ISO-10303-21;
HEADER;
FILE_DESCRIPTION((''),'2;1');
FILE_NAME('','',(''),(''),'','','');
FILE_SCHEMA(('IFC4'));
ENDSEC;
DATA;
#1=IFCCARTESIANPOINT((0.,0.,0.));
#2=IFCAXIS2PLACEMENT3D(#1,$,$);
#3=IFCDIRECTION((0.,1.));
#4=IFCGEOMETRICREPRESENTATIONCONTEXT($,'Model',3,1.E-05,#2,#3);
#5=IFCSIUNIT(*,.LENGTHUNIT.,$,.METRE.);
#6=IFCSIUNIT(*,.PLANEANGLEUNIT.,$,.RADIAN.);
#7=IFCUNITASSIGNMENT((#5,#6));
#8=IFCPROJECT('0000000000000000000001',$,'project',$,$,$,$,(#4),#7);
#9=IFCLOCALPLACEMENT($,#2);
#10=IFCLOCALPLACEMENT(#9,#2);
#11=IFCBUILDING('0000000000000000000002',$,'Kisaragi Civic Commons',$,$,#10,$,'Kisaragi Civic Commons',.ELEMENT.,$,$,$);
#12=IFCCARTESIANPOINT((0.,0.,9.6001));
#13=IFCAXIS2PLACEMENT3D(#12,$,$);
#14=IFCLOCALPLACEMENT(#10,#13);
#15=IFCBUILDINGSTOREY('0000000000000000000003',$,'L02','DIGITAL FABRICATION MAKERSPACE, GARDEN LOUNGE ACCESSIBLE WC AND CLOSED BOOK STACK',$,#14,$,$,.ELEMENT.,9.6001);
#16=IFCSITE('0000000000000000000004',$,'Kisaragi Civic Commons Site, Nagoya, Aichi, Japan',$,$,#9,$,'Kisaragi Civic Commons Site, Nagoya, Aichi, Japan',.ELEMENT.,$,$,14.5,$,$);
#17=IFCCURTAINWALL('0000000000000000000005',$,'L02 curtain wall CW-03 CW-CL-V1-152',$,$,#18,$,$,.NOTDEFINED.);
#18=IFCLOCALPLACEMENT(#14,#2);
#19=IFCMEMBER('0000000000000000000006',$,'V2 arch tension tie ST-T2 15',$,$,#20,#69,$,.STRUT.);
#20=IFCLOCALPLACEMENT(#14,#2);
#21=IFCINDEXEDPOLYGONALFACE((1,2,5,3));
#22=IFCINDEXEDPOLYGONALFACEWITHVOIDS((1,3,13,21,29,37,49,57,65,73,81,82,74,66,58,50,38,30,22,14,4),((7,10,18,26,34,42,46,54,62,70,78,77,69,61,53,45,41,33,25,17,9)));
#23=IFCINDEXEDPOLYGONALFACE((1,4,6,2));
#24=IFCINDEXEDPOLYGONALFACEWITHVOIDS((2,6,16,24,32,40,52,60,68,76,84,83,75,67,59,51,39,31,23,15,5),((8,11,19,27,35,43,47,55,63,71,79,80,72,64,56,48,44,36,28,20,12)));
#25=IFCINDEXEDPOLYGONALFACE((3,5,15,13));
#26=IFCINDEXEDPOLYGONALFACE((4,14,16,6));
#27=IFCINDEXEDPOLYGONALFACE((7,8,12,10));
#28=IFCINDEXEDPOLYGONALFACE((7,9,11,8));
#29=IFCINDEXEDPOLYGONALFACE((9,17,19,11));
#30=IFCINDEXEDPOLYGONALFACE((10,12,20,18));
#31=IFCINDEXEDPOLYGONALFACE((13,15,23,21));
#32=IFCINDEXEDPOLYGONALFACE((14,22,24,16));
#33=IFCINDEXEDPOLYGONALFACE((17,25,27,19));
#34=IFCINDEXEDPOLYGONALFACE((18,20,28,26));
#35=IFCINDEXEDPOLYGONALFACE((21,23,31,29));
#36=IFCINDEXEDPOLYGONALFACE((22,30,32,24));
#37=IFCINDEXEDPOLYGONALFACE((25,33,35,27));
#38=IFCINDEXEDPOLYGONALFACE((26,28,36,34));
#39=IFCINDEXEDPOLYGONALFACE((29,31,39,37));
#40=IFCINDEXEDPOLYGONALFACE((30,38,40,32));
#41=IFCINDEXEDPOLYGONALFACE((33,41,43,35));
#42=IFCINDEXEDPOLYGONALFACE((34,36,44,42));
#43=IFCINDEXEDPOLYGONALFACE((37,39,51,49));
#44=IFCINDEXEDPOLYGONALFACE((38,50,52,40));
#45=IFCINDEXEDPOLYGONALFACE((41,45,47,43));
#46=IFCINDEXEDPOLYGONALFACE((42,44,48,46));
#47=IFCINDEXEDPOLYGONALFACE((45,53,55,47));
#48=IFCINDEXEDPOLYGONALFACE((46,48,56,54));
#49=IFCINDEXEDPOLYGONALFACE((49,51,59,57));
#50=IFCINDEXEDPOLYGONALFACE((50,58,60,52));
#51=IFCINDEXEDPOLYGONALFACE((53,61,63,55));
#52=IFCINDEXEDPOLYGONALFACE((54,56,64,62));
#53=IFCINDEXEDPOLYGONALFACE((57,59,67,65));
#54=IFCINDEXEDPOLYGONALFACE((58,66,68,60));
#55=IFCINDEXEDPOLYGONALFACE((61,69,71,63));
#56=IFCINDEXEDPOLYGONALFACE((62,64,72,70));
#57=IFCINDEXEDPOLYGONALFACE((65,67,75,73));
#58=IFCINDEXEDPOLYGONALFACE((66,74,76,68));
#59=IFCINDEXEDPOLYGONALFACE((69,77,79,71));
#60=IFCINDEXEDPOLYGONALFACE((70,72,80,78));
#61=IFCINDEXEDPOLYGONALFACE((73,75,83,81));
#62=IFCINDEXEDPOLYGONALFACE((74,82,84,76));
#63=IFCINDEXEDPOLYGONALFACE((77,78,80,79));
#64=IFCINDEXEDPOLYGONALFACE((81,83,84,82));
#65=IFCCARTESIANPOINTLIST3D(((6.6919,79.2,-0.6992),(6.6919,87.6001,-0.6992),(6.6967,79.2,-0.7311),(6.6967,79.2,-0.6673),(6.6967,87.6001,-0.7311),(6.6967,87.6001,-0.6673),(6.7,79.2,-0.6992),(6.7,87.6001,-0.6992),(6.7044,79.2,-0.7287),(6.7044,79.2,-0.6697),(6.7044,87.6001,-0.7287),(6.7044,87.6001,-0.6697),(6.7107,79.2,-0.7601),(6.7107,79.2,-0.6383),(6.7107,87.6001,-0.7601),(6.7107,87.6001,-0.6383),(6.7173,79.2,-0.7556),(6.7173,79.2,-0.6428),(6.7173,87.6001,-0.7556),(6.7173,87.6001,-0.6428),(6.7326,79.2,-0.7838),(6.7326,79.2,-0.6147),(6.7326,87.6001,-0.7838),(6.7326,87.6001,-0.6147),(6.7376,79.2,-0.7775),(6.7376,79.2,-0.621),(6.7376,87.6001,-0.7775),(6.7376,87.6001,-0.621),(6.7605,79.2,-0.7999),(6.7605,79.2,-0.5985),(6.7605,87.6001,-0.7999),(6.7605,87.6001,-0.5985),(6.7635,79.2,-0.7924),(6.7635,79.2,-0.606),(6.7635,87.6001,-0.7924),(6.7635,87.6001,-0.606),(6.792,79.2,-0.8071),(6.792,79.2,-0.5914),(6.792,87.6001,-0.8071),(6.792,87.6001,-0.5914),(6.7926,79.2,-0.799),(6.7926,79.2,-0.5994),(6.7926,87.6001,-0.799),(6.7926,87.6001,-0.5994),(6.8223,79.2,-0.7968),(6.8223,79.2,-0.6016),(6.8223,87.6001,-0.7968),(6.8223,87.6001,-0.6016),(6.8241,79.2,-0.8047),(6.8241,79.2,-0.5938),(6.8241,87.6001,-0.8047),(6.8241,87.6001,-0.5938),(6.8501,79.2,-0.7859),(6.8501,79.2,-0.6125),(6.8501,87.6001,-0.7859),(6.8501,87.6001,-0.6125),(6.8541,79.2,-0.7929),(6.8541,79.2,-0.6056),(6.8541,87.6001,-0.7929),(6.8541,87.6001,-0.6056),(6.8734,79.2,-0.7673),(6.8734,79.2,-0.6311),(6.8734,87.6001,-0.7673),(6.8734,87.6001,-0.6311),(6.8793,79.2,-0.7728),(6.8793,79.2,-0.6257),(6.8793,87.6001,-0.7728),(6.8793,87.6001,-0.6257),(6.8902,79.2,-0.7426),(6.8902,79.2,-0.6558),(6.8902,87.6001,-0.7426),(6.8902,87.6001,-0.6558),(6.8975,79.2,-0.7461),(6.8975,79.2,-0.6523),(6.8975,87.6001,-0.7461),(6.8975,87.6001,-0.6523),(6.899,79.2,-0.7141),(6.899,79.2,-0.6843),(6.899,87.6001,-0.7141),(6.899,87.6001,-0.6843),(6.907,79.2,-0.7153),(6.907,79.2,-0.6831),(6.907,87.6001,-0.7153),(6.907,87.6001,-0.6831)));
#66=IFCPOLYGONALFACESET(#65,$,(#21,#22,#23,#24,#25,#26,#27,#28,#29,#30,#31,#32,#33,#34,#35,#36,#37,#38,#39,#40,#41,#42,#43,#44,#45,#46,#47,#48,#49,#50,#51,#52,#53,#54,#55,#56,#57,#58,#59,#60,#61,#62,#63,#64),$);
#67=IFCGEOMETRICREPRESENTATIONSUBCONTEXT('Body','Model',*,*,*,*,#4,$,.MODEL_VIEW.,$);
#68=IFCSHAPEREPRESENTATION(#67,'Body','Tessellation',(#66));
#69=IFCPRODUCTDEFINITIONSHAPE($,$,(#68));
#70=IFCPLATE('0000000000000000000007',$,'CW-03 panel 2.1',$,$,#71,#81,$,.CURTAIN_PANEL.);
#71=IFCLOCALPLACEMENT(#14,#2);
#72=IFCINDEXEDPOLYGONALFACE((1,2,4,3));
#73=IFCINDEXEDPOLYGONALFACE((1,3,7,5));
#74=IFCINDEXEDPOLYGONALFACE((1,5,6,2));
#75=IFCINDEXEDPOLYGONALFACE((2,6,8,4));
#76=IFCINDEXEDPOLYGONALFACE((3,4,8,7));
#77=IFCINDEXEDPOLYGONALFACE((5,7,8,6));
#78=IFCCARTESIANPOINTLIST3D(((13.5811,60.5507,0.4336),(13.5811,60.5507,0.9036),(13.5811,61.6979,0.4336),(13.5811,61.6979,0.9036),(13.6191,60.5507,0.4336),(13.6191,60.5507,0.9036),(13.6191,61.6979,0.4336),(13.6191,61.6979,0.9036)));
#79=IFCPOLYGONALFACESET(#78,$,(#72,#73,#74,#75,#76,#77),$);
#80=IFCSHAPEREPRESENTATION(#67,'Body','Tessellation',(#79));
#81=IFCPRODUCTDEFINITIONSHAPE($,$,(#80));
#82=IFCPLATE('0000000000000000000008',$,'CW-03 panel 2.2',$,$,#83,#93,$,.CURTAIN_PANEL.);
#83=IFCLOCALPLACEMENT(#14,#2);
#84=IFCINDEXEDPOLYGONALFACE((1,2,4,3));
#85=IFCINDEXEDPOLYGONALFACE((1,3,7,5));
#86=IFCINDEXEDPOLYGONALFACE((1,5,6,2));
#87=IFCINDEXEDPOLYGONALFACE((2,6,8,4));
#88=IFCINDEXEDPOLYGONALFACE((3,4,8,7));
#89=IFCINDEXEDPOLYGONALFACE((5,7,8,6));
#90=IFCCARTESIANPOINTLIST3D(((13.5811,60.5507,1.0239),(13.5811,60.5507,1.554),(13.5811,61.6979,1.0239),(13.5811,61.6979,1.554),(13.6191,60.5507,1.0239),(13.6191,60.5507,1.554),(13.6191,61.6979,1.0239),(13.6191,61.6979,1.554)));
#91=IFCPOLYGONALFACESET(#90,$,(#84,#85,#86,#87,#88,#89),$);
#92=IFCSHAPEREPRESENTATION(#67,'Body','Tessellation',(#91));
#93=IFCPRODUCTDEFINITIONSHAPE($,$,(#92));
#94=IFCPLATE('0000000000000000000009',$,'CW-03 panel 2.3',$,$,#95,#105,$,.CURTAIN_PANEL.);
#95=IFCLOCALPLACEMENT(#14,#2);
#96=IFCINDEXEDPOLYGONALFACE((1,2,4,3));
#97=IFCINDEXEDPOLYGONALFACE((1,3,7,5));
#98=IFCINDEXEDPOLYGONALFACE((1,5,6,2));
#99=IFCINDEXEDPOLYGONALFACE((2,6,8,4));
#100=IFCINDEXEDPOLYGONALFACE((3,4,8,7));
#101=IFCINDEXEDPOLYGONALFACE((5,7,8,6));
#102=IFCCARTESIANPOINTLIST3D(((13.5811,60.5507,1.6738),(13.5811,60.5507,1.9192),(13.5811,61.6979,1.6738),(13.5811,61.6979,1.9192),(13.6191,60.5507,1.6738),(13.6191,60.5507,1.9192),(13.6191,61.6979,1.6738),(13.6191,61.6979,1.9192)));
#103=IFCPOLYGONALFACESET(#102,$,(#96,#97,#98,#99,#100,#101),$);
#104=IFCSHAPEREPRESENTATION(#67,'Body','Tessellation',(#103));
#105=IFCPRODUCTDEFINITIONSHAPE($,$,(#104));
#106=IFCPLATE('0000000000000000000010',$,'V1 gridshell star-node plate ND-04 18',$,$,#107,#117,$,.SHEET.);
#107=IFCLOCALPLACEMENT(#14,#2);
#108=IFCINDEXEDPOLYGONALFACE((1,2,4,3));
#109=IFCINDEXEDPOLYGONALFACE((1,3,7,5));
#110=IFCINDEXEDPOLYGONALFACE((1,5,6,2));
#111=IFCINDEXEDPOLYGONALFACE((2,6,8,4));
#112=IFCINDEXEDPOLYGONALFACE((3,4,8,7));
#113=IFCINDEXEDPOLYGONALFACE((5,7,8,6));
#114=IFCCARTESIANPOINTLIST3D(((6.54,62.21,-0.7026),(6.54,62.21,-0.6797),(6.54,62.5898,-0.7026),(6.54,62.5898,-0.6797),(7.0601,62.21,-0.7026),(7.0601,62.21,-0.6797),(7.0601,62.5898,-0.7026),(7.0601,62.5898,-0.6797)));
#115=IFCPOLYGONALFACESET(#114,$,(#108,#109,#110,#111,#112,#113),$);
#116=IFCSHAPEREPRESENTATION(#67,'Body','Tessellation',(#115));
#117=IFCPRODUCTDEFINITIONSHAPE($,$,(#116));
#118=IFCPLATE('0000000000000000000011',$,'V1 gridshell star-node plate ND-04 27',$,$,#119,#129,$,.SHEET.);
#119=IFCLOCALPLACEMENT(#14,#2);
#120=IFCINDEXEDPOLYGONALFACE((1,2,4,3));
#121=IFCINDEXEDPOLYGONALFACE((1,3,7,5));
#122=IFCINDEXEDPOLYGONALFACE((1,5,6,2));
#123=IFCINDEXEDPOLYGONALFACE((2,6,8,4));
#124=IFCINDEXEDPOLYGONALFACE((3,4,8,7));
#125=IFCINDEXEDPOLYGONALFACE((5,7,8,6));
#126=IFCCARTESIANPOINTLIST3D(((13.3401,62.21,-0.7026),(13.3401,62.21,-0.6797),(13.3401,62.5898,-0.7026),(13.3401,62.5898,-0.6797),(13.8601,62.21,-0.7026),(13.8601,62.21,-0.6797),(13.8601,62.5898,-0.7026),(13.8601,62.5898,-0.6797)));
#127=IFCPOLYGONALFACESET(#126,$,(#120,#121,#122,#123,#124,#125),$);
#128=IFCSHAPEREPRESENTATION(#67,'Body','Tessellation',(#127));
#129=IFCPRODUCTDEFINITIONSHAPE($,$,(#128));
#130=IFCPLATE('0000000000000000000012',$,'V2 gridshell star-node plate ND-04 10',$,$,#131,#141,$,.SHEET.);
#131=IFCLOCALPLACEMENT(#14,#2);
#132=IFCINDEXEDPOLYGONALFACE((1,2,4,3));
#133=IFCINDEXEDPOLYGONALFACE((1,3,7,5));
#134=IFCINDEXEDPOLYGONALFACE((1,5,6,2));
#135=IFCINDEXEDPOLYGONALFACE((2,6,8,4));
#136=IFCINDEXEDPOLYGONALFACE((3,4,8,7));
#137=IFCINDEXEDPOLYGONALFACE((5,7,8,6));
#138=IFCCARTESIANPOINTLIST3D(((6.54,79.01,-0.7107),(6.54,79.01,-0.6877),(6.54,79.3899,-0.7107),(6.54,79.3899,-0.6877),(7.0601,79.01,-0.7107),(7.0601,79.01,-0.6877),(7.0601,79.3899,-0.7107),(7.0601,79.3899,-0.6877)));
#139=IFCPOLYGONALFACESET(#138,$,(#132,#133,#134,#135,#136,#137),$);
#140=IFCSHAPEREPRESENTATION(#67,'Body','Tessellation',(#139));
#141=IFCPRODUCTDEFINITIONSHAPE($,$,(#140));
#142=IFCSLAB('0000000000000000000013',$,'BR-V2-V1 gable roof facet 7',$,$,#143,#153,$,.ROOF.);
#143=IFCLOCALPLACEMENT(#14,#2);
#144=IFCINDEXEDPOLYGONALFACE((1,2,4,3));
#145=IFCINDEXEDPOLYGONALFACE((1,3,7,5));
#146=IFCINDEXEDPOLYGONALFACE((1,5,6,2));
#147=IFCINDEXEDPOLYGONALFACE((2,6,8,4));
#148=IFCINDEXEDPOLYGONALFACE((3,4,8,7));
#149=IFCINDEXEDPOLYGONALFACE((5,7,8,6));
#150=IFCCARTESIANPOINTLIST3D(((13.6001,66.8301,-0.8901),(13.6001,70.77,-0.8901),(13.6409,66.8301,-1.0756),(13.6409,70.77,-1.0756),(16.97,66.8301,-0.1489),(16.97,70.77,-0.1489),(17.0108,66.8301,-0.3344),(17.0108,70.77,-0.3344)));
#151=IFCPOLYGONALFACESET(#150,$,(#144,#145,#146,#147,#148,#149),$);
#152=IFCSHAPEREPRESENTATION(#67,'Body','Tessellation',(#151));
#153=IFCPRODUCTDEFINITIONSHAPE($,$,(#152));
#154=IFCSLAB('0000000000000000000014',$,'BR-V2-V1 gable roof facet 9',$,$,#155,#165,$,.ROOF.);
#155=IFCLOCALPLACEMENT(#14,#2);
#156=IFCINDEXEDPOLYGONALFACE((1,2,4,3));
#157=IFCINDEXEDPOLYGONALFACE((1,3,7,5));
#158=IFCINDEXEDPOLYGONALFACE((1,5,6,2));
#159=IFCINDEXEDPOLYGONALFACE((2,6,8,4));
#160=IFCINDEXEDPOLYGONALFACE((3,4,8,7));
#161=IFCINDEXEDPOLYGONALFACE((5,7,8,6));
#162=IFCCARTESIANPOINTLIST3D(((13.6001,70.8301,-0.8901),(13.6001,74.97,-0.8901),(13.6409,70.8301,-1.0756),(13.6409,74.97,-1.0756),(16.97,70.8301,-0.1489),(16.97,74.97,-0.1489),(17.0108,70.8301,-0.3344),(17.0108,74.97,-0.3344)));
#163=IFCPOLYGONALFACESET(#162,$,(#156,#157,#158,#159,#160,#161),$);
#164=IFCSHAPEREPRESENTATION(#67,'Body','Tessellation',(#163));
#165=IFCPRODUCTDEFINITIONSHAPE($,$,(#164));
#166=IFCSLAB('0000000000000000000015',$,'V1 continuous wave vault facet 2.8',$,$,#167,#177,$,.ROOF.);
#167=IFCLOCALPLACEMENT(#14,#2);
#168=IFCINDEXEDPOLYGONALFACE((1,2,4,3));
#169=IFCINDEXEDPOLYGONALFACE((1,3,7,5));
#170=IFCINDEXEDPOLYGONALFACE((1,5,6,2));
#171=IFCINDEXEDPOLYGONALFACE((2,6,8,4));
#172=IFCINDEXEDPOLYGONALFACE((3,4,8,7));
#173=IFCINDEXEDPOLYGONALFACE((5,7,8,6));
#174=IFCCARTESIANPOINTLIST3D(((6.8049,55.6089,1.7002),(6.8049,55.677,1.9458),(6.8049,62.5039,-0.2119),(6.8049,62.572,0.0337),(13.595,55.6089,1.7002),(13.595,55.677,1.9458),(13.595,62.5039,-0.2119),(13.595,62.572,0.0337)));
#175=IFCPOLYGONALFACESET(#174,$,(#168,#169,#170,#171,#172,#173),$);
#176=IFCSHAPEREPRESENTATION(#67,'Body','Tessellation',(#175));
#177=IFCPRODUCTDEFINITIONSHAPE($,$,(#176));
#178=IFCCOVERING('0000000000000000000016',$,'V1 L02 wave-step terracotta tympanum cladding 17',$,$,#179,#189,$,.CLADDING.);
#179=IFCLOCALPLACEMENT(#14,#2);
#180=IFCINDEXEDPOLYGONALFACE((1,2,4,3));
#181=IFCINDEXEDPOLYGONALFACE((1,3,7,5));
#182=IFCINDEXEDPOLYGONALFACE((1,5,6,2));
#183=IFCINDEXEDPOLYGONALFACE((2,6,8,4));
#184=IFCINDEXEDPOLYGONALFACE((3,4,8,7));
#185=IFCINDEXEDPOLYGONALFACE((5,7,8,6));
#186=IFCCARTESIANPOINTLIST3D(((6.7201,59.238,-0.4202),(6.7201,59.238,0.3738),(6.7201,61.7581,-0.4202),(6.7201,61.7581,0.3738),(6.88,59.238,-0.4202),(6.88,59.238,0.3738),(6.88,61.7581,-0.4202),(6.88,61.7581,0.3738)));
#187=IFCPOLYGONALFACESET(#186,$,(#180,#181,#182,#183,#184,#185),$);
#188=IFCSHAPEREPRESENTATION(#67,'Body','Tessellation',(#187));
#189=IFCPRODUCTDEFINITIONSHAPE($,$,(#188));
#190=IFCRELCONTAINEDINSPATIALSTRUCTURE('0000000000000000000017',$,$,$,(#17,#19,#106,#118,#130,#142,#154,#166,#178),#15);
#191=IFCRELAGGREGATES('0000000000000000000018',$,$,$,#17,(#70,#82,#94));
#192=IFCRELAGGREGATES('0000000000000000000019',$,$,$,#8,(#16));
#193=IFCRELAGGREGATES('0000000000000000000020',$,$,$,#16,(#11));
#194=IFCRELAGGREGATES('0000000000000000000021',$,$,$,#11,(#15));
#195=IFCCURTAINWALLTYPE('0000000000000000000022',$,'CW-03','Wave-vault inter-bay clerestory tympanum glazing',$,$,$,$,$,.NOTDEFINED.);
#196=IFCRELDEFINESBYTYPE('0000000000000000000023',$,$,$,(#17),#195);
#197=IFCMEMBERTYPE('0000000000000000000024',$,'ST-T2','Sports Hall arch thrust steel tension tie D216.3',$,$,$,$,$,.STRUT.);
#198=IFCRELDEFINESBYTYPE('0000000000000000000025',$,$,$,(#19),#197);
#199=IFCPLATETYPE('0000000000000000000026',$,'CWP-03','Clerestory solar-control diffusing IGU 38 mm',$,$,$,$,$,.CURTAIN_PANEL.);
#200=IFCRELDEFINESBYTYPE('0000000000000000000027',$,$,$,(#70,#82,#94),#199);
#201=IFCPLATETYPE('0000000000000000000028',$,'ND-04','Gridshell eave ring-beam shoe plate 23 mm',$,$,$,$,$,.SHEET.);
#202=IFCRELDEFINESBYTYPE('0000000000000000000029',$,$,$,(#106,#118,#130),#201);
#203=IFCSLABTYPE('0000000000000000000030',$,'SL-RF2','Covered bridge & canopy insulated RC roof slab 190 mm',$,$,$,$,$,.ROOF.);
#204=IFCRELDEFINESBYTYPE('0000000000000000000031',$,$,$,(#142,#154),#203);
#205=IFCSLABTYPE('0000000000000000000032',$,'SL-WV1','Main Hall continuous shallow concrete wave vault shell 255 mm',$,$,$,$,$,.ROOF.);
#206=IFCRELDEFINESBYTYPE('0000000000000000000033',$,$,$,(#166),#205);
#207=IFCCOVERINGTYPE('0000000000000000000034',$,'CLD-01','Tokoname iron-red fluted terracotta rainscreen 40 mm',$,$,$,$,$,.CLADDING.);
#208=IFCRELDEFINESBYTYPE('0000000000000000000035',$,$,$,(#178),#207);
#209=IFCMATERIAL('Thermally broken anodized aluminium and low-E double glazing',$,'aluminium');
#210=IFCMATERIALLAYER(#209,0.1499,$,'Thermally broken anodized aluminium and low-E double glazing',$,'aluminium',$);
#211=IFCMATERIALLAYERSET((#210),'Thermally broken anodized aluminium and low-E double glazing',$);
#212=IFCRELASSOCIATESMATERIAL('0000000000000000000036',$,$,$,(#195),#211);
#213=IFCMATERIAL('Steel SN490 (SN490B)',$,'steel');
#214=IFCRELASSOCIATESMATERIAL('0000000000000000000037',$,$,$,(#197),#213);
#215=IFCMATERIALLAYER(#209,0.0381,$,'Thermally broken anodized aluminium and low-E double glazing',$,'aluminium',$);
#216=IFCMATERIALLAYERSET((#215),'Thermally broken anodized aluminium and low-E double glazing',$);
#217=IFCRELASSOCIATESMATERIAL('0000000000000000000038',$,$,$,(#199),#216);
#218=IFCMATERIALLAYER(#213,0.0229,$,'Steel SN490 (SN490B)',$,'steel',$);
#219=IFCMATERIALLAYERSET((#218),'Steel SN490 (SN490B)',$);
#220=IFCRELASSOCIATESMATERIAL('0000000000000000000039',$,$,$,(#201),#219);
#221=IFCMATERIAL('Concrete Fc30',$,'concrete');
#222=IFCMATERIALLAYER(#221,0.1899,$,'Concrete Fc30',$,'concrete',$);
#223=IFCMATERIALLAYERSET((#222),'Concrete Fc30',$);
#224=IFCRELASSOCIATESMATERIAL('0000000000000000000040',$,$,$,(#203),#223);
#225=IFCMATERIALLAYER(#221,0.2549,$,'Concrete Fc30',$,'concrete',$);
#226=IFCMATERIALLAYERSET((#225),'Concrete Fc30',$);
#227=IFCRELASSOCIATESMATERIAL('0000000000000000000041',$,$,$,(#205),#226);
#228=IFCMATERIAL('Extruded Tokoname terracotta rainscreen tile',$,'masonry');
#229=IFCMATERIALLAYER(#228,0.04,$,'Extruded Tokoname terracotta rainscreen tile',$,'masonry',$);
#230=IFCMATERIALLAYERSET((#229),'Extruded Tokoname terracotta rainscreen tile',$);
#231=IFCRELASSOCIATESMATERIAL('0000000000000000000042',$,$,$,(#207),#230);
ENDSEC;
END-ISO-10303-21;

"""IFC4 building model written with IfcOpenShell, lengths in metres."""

from ifc_helpers import new_model, si_unit, direction, frame, origin, origin_2d, place, context, subcontext, project, spatial, polyline, rectangle, hollow_circle, outline, extrude, material, layer, layer_set, material_profile, profile_set, type_object, element, aggregate, save


model = new_model("IFC4")

# Units and contexts
model_context = context("Model", 3, precision=1e-05, world=origin(), true_north=direction((0.0, 1.0)))
body_context = subcontext(model_context, "Body", "Model", "MODEL_VIEW")
ifc_project = project(units=[si_unit("LENGTHUNIT", "METRE"), si_unit("PLANEANGLEUNIT", "RADIAN")], contexts=[model_context])

# Site, building, storey
site_placement = place(None, origin())
site = spatial("IfcSite", under=ifc_project, at=site_placement, Name="Kisaragi Civic Commons Site, Nagoya, Aichi, Japan", LongName="Kisaragi Civic Commons Site, Nagoya, Aichi, Japan", CompositionType="ELEMENT", RefElevation=14.5)
building_placement = place(site_placement, origin())
building = spatial("IfcBuilding", under=site, at=building_placement, Name="Kisaragi Civic Commons", LongName="Kisaragi Civic Commons", CompositionType="ELEMENT")
storey_placement = place(building_placement, frame((0.0, 0.0, 9.6001)))
storey = spatial("IfcBuildingStorey", under=building, at=storey_placement, Name="L02", Description="DIGITAL FABRICATION MAKERSPACE, GARDEN LOUNGE ACCESSIBLE WC AND CLOSED BOOK STACK", CompositionType="ELEMENT", Elevation=9.6001)

# Curtain wall
ifc_material_1 = material(Name="Thermally broken anodized aluminium and low-E double glazing", Category="aluminium")
ifc_layer_1 = layer(ifc_material_1, 0.1499, Name="Thermally broken anodized aluminium and low-E double glazing", Category="aluminium")
ifc_layer_set_1 = layer_set([ifc_layer_1], Name="Thermally broken anodized aluminium and low-E double glazing")
curtain_wall_type_1 = type_object("IfcCurtainWallType", Name="CW-03", Description="Wave-vault inter-bay clerestory tympanum glazing", PredefinedType="NOTDEFINED", material=ifc_layer_set_1)
curtain_wall_1_placement = place(storey_placement, origin())
curtain_wall_1 = element("IfcCurtainWall", 1, at=curtain_wall_1_placement, inside=storey, type_object=curtain_wall_type_1, Name="L02 curtain wall CW-03 CW-CL-V1-152", PredefinedType="NOTDEFINED")

# Shared definitions
ifc_material_2 = material(Name="Steel SN490 (SN490B)", Category="steel")

# Member
ifc_material_profile_1 = material_profile(ifc_material_2, hollow_circle(Radius=0.1082, WallThickness=0.0081, at=origin_2d()), Name="CHS-216.3x8.0", Category="steel")
ifc_profile_set_1 = profile_set([ifc_material_profile_1], Name="Steel SN490 (SN490B)")
member_type_1 = type_object("IfcMemberType", Name="ST-T2", Description="Sports Hall arch thrust steel tension tie D216.3", PredefinedType="STRUT", material=ifc_profile_set_1)
member_1_placement = place(storey_placement, frame((6.8, 79.2, -0.6992), z_axis=(0.0, 1.0, 0.0), x_axis=(-1.0, 0.0, 0.0)))
element("IfcMember", 2, at=member_1_placement, inside=storey, type_object=member_type_1, Name="V2 arch tension tie ST-T2 15", PredefinedType="STRUT", context=body_context, shape_type="SweptSolid", body=[
    extrude(hollow_circle(Radius=0.1082, WallThickness=0.0081, at=origin_2d()), origin(), (0.0, 0.0, 1.0), 8.4001),
])

# Plates
ifc_layer_2 = layer(ifc_material_1, 0.0381, Name="Thermally broken anodized aluminium and low-E double glazing", Category="aluminium")
ifc_layer_set_2 = layer_set([ifc_layer_2], Name="Thermally broken anodized aluminium and low-E double glazing")
plate_type_1 = type_object("IfcPlateType", Name="CWP-03", Description="Clerestory solar-control diffusing IGU 38 mm", PredefinedType="CURTAIN_PANEL", material=ifc_layer_set_2)
plate_1_placement = place(storey_placement, frame((13.6001, 61.1243, 0.4336), z_axis=(0.0, 0.0, 1.0), x_axis=(0.0, 1.0, 0.0)))
plate_1 = element("IfcPlate", 3, at=plate_1_placement, type_object=plate_type_1, Name="CW-03 panel 2.1", PredefinedType="CURTAIN_PANEL", context=body_context, shape_type="SweptSolid", body=[
    extrude(rectangle(XDim=1.1472, YDim=0.0381, at=origin_2d()), origin(), (0.0, 0.0, 1.0), 0.47),
])
plate_2_placement = place(storey_placement, frame((13.6001, 61.1243, 1.0239), z_axis=(0.0, 0.0, 1.0), x_axis=(0.0, 1.0, 0.0)))
plate_2 = element("IfcPlate", 4, at=plate_2_placement, type_object=plate_type_1, Name="CW-03 panel 2.2", PredefinedType="CURTAIN_PANEL", context=body_context, shape_type="SweptSolid", body=[
    extrude(rectangle(XDim=1.1472, YDim=0.0381, at=origin_2d()), origin(), (0.0, 0.0, 1.0), 0.53),
])
plate_3_placement = place(storey_placement, frame((13.6001, 61.1243, 1.6738), z_axis=(0.0, 0.0, 1.0), x_axis=(0.0, 1.0, 0.0)))
plate_3 = element("IfcPlate", 5, at=plate_3_placement, type_object=plate_type_1, Name="CW-03 panel 2.3", PredefinedType="CURTAIN_PANEL", context=body_context, shape_type="SweptSolid", body=[
    extrude(rectangle(XDim=1.1472, YDim=0.0381, at=origin_2d()), origin(), (0.0, 0.0, 1.0), 0.2454),
])
aggregate(curtain_wall_1, [plate_1, plate_2, plate_3])

# Plates
ifc_layer_3 = layer(ifc_material_2, 0.0229, Name="Steel SN490 (SN490B)", Category="steel")
ifc_layer_set_3 = layer_set([ifc_layer_3], Name="Steel SN490 (SN490B)")
plate_type_2 = type_object("IfcPlateType", Name="ND-04", Description="Gridshell eave ring-beam shoe plate 23 mm", PredefinedType="SHEET", material=ifc_layer_set_3)
for number, where, z_axis, x_axis, name in (
    (6, (6.8, 62.3999, -0.7026), (0.0, 0.0, 1.0), (1.0, 0.0, 0.0), "V1 gridshell star-node plate ND-04 18"),
    (7, (13.6001, 62.3999, -0.7026), (0.0, 0.0, 1.0), (1.0, 0.0, 0.0), "V1 gridshell star-node plate ND-04 27"),
    (8, (6.8, 79.2, -0.7107), (0.0, 0.0, 1.0), (1.0, 0.0, 0.0), "V2 gridshell star-node plate ND-04 10"),
):
    element("IfcPlate", number, at=place(storey_placement, frame(where, z_axis=z_axis, x_axis=x_axis)), inside=storey, type_object=plate_type_2, Name=name, PredefinedType="SHEET", context=body_context, shape_type="SweptSolid", body=[
        extrude(rectangle(XDim=0.52, YDim=0.3799, at=origin_2d()), origin(), (0.0, 0.0, 1.0), 0.0229),
    ])

# Slabs
ifc_material_3 = material(Name="Concrete Fc30", Category="concrete")
ifc_layer_4 = layer(ifc_material_3, 0.1899, Name="Concrete Fc30", Category="concrete")
ifc_layer_set_4 = layer_set([ifc_layer_4], Name="Concrete Fc30")
slab_type_1 = type_object("IfcSlabType", Name="SL-RF2", Description="Covered bridge & canopy insulated RC roof slab 190 mm", PredefinedType="ROOF", material=ifc_layer_set_4)
slab_1_placement = place(storey_placement, frame((13.6001, 66.8301, -0.8901), z_axis=(-0.214817, 0.0, 0.976654), x_axis=(0.976654, 0.0, 0.214817)))
element("IfcSlab", 9, at=slab_1_placement, inside=storey, type_object=slab_type_1, Name="BR-V2-V1 gable roof facet 7", PredefinedType="ROOF", context=body_context, shape_type="SweptSolid", body=[
    extrude(outline(polyline([(0.0, 0.0), (3.4504, 0.0), (3.4504, 3.9399), (0.0, 3.9399), (0.0, 0.0)])), origin(), (0.0, 0.0, -1.0), 0.1899),
])
slab_2_placement = place(storey_placement, frame((13.6001, 70.8301, -0.8901), z_axis=(-0.214817, 0.0, 0.976654), x_axis=(0.976654, 0.0, 0.214817)))
element("IfcSlab", 10, at=slab_2_placement, inside=storey, type_object=slab_type_1, Name="BR-V2-V1 gable roof facet 9", PredefinedType="ROOF", context=body_context, shape_type="SweptSolid", body=[
    extrude(outline(polyline([(0.0, 0.0), (3.4504, 0.0), (3.4504, 4.1399), (0.0, 4.1399), (0.0, 0.0)])), origin(), (0.0, 0.0, -1.0), 0.1899),
])
ifc_layer_5 = layer(ifc_material_3, 0.2549, Name="Concrete Fc30", Category="concrete")
ifc_layer_set_5 = layer_set([ifc_layer_5], Name="Concrete Fc30")
slab_type_2 = type_object("IfcSlabType", Name="SL-WV1", Description="Main Hall continuous shallow concrete wave vault shell 255 mm", PredefinedType="ROOF", material=ifc_layer_set_5)
slab_3_placement = place(storey_placement, frame((13.595, 62.572, 0.0337), z_axis=(0.0, 0.267232, 0.963632), x_axis=(-1.0, 0.0, 0.0)))
element("IfcSlab", 11, at=slab_3_placement, inside=storey, type_object=slab_type_2, Name="V1 continuous wave vault facet 2.8", PredefinedType="ROOF", context=body_context, shape_type="SweptSolid", body=[
    extrude(outline(polyline([(0.0, 0.0), (6.79, 0.0), (6.79, 7.1552), (0.0, 7.1552), (0.0, 0.0)])), origin(), (0.0, 0.0, -1.0), 0.2549),
])

# Covering
ifc_material_4 = material(Name="Extruded Tokoname terracotta rainscreen tile", Category="masonry")
ifc_layer_6 = layer(ifc_material_4, 0.04, Name="Extruded Tokoname terracotta rainscreen tile", Category="masonry")
ifc_layer_set_6 = layer_set([ifc_layer_6], Name="Extruded Tokoname terracotta rainscreen tile")
covering_type = type_object("IfcCoveringType", Name="CLD-01", Description="Tokoname iron-red fluted terracotta rainscreen 40 mm", PredefinedType="CLADDING", material=ifc_layer_set_6)
covering_1_placement = place(storey_placement, frame((6.8, 60.498, -0.4202), z_axis=(0.0, 0.0, 1.0), x_axis=(0.0, 1.0, 0.0)))
element("IfcCovering", 12, at=covering_1_placement, inside=storey, type_object=covering_type, Name="V1 L02 wave-step terracotta tympanum cladding 17", PredefinedType="CLADDING", context=body_context, shape_type="SweptSolid", body=[
    extrude(rectangle(XDim=2.52, YDim=0.1599, at=origin_2d()), origin(), (0.0, 0.0, 1.0), 0.7939),
])

save(model, "model.ifc")
